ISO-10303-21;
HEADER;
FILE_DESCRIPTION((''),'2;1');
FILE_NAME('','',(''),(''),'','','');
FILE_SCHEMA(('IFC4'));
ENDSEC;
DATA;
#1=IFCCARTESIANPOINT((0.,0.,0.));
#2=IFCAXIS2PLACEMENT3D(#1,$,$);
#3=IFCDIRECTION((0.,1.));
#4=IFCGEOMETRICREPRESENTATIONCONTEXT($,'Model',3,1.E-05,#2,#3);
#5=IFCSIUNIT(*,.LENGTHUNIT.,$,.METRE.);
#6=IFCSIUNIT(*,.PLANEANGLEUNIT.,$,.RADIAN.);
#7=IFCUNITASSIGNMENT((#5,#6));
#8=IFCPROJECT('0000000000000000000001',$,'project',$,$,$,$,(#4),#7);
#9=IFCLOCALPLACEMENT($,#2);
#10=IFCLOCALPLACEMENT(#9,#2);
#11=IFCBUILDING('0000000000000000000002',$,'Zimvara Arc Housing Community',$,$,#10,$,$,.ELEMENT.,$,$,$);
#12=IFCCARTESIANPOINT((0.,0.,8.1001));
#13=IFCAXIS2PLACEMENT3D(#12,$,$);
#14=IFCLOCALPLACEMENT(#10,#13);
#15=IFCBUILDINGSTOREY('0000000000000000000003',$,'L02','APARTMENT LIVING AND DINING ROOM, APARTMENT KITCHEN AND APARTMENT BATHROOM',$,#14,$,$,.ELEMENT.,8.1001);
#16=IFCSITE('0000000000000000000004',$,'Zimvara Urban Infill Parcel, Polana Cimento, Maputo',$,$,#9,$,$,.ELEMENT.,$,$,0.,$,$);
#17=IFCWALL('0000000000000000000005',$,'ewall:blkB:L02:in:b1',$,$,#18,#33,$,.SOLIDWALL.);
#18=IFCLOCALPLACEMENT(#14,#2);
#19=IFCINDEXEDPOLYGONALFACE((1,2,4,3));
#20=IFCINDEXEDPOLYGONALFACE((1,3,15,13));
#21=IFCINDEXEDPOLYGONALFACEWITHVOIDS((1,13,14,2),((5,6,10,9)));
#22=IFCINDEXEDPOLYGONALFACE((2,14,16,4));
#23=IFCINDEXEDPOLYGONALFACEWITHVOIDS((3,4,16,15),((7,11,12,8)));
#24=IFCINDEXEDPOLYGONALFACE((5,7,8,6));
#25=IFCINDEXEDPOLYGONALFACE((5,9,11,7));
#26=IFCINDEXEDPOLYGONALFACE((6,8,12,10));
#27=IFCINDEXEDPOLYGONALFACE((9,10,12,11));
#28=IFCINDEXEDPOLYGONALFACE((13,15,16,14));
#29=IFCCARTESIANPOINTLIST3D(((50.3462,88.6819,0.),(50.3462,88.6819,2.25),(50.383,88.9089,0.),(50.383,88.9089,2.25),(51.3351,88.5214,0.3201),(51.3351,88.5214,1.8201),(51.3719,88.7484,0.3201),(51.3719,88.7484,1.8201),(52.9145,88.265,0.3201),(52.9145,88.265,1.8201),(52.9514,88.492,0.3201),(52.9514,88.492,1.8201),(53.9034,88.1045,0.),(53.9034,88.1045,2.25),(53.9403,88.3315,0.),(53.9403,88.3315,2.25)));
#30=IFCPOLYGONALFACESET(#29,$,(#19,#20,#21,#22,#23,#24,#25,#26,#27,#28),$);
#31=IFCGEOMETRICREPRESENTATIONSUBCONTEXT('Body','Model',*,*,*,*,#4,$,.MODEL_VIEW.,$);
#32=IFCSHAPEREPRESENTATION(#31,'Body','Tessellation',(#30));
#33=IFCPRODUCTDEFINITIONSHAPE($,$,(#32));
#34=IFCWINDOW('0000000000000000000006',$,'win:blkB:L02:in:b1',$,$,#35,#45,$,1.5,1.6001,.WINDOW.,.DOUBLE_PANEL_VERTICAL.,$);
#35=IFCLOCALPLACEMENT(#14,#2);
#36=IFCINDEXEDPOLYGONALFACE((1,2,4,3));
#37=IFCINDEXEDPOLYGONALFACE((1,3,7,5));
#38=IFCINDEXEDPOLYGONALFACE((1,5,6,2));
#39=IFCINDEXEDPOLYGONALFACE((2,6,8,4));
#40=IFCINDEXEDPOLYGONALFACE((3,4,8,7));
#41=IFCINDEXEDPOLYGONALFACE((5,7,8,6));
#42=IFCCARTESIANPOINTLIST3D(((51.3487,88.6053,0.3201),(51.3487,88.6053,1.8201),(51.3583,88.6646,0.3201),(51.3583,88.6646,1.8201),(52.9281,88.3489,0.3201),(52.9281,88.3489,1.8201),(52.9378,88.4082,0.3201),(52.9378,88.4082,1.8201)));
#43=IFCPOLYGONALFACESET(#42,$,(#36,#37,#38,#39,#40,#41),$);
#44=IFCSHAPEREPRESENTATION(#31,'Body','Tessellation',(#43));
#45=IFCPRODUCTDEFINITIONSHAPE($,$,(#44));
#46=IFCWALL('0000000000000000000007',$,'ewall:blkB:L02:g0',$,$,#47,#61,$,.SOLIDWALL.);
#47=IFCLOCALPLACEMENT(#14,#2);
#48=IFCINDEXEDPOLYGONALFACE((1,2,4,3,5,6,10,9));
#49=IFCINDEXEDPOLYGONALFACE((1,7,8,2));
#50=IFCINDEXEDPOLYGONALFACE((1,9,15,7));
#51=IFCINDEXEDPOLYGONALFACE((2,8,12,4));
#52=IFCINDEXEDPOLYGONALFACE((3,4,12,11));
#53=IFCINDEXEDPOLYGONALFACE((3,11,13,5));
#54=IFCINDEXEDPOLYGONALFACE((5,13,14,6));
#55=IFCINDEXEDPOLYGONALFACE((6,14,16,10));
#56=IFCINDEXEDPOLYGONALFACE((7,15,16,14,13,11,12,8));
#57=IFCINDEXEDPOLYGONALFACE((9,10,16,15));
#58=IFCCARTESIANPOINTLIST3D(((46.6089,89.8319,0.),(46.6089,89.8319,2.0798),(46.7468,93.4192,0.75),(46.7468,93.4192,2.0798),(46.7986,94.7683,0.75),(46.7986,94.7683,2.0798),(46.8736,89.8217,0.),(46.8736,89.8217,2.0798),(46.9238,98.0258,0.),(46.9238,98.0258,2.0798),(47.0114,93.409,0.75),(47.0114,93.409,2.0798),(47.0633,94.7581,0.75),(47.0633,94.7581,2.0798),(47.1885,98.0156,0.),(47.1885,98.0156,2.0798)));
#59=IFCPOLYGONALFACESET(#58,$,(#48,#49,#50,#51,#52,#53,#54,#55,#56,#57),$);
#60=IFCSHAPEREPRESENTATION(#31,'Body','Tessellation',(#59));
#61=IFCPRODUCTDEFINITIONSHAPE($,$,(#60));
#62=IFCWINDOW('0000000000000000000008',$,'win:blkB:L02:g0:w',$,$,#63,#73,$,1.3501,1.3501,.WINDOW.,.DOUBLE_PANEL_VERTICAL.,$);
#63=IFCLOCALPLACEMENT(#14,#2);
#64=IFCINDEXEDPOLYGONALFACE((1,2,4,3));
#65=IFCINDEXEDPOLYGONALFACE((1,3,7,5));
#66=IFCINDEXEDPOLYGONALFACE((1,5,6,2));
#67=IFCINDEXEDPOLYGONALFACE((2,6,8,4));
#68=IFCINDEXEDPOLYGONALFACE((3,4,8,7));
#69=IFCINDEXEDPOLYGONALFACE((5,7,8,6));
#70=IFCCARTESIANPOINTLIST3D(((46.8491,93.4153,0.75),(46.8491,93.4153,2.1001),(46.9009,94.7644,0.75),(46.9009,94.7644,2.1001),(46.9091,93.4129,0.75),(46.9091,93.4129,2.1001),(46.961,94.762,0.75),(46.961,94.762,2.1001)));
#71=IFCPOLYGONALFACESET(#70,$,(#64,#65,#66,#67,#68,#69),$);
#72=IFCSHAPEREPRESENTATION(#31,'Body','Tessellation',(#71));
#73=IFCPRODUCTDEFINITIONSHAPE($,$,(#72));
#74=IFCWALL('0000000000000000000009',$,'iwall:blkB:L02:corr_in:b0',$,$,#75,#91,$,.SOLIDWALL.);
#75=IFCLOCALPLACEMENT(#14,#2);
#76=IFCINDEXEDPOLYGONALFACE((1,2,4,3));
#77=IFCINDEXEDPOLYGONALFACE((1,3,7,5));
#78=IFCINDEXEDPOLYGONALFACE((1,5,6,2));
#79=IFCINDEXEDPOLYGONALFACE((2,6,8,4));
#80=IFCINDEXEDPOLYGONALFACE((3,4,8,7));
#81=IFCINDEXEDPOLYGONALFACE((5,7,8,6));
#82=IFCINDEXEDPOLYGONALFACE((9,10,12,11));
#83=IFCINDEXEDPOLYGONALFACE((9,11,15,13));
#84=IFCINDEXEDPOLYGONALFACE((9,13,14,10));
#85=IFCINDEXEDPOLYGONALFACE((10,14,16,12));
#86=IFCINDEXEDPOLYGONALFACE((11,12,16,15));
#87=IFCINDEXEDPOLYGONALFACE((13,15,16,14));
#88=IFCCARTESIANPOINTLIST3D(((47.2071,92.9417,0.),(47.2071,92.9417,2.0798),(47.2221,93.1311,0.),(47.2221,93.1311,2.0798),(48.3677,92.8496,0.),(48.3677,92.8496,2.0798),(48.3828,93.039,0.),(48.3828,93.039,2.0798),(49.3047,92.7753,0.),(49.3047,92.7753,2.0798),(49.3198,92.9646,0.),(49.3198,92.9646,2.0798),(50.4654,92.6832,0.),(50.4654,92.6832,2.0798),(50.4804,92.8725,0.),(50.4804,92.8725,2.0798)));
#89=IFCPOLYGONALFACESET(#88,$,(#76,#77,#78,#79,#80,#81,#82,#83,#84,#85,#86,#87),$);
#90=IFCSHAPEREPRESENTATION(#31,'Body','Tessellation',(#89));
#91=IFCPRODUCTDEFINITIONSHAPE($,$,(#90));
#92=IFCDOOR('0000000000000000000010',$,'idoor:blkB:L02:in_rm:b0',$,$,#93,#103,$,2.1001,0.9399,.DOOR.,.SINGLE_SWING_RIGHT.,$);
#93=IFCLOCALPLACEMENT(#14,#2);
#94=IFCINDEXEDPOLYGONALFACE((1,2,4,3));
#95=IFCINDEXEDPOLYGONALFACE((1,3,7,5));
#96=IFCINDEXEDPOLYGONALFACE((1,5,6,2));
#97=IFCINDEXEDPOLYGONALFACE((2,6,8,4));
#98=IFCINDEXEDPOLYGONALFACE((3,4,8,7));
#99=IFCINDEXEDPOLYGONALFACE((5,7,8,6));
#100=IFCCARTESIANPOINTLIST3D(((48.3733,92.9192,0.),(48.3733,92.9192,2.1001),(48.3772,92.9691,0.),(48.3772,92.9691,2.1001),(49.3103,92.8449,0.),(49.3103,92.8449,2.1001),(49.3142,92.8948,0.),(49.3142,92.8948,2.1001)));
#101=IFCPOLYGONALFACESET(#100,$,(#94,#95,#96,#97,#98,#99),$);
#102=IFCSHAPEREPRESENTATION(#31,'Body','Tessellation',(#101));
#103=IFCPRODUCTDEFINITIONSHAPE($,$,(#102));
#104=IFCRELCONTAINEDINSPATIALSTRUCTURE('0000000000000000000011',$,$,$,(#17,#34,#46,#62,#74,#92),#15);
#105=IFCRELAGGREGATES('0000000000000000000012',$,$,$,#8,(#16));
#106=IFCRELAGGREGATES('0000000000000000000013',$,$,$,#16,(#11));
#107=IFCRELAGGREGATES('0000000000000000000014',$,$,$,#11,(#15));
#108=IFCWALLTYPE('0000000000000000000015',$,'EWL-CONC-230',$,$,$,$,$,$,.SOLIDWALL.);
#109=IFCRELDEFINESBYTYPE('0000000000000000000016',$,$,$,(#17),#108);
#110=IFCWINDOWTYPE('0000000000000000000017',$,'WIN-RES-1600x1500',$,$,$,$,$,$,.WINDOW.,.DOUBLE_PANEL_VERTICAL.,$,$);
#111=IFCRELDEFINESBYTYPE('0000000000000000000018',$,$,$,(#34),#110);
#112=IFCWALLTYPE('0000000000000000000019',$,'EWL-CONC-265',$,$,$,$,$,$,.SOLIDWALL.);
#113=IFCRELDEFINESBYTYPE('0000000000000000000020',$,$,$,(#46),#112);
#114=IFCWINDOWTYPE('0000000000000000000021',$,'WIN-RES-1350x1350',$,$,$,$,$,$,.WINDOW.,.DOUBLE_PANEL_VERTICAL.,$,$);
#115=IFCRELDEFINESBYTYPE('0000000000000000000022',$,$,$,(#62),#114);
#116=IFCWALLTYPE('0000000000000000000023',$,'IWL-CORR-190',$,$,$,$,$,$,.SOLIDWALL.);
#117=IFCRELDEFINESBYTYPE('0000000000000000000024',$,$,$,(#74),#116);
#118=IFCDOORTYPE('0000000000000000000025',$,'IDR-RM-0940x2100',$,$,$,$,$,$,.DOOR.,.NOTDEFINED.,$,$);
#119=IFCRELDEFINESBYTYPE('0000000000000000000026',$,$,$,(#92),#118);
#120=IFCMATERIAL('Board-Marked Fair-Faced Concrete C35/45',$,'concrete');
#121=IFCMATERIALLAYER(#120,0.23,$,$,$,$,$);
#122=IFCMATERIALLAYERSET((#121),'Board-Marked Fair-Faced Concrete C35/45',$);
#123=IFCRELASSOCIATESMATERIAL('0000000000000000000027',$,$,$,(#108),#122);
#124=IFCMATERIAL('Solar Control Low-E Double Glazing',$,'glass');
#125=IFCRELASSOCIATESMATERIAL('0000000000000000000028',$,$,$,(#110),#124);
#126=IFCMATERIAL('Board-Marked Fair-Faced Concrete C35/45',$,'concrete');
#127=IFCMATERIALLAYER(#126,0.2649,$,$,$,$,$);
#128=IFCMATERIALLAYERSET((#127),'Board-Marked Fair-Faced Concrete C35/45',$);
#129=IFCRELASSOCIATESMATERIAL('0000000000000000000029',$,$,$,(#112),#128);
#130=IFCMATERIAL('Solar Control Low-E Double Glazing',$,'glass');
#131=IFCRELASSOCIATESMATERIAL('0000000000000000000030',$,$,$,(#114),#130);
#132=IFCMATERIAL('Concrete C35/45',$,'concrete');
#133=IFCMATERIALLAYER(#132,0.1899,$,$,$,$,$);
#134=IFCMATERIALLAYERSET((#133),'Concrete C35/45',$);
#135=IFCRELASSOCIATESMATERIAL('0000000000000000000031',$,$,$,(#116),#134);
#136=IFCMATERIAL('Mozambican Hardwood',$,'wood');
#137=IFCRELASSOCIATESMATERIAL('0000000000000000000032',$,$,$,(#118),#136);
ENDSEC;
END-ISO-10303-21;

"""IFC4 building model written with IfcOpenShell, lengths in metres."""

from ifc_helpers import new_model, si_unit, direction, frame, frame_2d, origin, place, context, subcontext, project, spatial, rectangle, extrude, material, layer, layer_set, type_object, element, fill, save


model = new_model("IFC4")

# Units and contexts
model_context = context("Model", 3, precision=1e-05, world=origin(), true_north=direction((0.0, 1.0)))
body_context = subcontext(model_context, "Body", "Model", "MODEL_VIEW")
ifc_project = project(units=[si_unit("LENGTHUNIT", "METRE"), si_unit("PLANEANGLEUNIT", "RADIAN")], contexts=[model_context])

# Site, building, storey
site_placement = place(None, origin())
site = spatial("IfcSite", under=ifc_project, at=site_placement, Name="Zimvara Urban Infill Parcel, Polana Cimento, Maputo", CompositionType="ELEMENT", RefElevation=0.0)
building_placement = place(site_placement, origin())
building = spatial("IfcBuilding", under=site, at=building_placement, Name="Zimvara Arc Housing Community", CompositionType="ELEMENT")
storey_placement = place(building_placement, frame((0.0, 0.0, 8.1001)))
storey = spatial("IfcBuildingStorey", under=building, at=storey_placement, Name="L02", Description="APARTMENT LIVING AND DINING ROOM, APARTMENT KITCHEN AND APARTMENT BATHROOM", CompositionType="ELEMENT", Elevation=8.1001)

# Walls, openings, windows
ifc_material_1 = material(Name="Board-Marked Fair-Faced Concrete C35/45", Category="concrete")
ifc_layer_1 = layer(ifc_material_1, 0.23)
ifc_layer_set_1 = layer_set([ifc_layer_1], Name="Board-Marked Fair-Faced Concrete C35/45")
wall_type_1 = type_object("IfcWallType", Name="EWL-CONC-230", PredefinedType="SOLIDWALL", material=ifc_layer_set_1)
wall_1_placement = place(storey_placement, frame((50.3647, 88.7954, 0.0), z_axis=(0.0, 0.0, 1.0), x_axis=(0.987081, -0.160223, 0.0)))
wall_1 = element("IfcWall", 1, at=wall_1_placement, inside=storey, type_object=wall_type_1, Name="ewall:blkB:L02:in:b1", PredefinedType="SOLIDWALL", context=body_context, shape_type="SweptSolid", body=[
    extrude(rectangle(XDim=3.6038, YDim=0.23, at=frame_2d((1.8018, 0.0))), origin(), (0.0, 0.0, 1.0), 2.25),
])
opening_1_placement = place(wall_1_placement, frame((1.0017, 0.0, 0.3201)))
opening_1 = element("IfcOpeningElement", 2, at=opening_1_placement, cuts=wall_1, PredefinedType="OPENING", context=body_context, shape_type="SweptSolid", body=[
    extrude(rectangle(XDim=1.6001, YDim=1.5, at=frame_2d((0.8, 0.75))), frame((0.0, 0.125, 0.0), z_axis=(0.0, -1.0, 0.0), x_axis=(1.0, 0.0, 0.0)), (0.0, 0.0, 1.0), 0.25),
])
ifc_material_2 = material(Name="Solar Control Low-E Double Glazing", Category="glass")
window_type_1 = type_object("IfcWindowType", Name="WIN-RES-1600x1500", PartitioningType="DOUBLE_PANEL_VERTICAL", PredefinedType="WINDOW", material=ifc_material_2)
window_1_placement = place(opening_1_placement, origin())
window_1 = element("IfcWindow", 3, at=window_1_placement, inside=storey, type_object=window_type_1, Name="win:blkB:L02:in:b1", OverallHeight=1.5, OverallWidth=1.6001, PartitioningType="DOUBLE_PANEL_VERTICAL", PredefinedType="WINDOW", context=body_context, shape_type="SweptSolid", body=[
    extrude(rectangle(XDim=1.6001, YDim=1.5, at=frame_2d((0.8, 0.75))), frame((0.0, 0.03, 0.0), z_axis=(0.0, -1.0, 0.0), x_axis=(1.0, 0.0, 0.0)), (0.0, 0.0, 1.0), 0.0601),
])
fill(opening_1, window_1)
ifc_material_3 = material(Name="Board-Marked Fair-Faced Concrete C35/45", Category="concrete")
ifc_layer_2 = layer(ifc_material_3, 0.2649)
ifc_layer_set_2 = layer_set([ifc_layer_2], Name="Board-Marked Fair-Faced Concrete C35/45")
wall_type_2 = type_object("IfcWallType", Name="EWL-CONC-265", PredefinedType="SOLIDWALL", material=ifc_layer_set_2)
wall_2_placement = place(storey_placement, frame((46.7412, 89.8267, 0.0), z_axis=(0.0, 0.0, 1.0), x_axis=(0.038408, 0.999262, 0.0)))
wall_2 = element("IfcWall", 4, at=wall_2_placement, inside=storey, type_object=wall_type_2, Name="ewall:blkB:L02:g0", PredefinedType="SOLIDWALL", context=body_context, shape_type="SweptSolid", body=[
    extrude(rectangle(XDim=8.2, YDim=0.2649, at=frame_2d((4.1001, 0.0))), origin(), (0.0, 0.0, 1.0), 2.0798),
])
opening_2_placement = place(wall_2_placement, frame((3.5901, 0.0, 0.75)))
opening_2 = element("IfcOpeningElement", 5, at=opening_2_placement, cuts=wall_2, PredefinedType="OPENING", context=body_context, shape_type="SweptSolid", body=[
    extrude(rectangle(XDim=1.3501, YDim=1.3501, at=frame_2d((0.675, 0.675))), frame((0.0, 0.1423, 0.0), z_axis=(0.0, -1.0, 0.0), x_axis=(1.0, 0.0, 0.0)), (0.0, 0.0, 1.0), 0.2849),
])
ifc_material_4 = material(Name="Solar Control Low-E Double Glazing", Category="glass")
window_type_2 = type_object("IfcWindowType", Name="WIN-RES-1350x1350", PartitioningType="DOUBLE_PANEL_VERTICAL", PredefinedType="WINDOW", material=ifc_material_4)
window_2_placement = place(opening_2_placement, origin())
window_2 = element("IfcWindow", 6, at=window_2_placement, inside=storey, type_object=window_type_2, Name="win:blkB:L02:g0:w", OverallHeight=1.3501, OverallWidth=1.3501, PartitioningType="DOUBLE_PANEL_VERTICAL", PredefinedType="WINDOW", context=body_context, shape_type="SweptSolid", body=[
    extrude(rectangle(XDim=1.3501, YDim=1.3501, at=frame_2d((0.675, 0.675))), frame((0.0, 0.03, 0.0), z_axis=(0.0, -1.0, 0.0), x_axis=(1.0, 0.0, 0.0)), (0.0, 0.0, 1.0), 0.0601),
])
fill(opening_2, window_2)

# Wall, opening, door
ifc_material_5 = material(Name="Concrete C35/45", Category="concrete")
ifc_layer_3 = layer(ifc_material_5, 0.1899)
ifc_layer_set_3 = layer_set([ifc_layer_3], Name="Concrete C35/45")
wall_type_3 = type_object("IfcWallType", Name="IWL-CORR-190", PredefinedType="SOLIDWALL", material=ifc_layer_set_3)
wall_3_placement = place(storey_placement, frame((47.2146, 93.0364, 0.0), z_axis=(0.0, 0.0, 1.0), x_axis=(0.996867, -0.079101, 0.0)))
wall_3 = element("IfcWall", 7, at=wall_3_placement, inside=storey, type_object=wall_type_3, Name="iwall:blkB:L02:corr_in:b0", PredefinedType="SOLIDWALL", context=body_context, shape_type="SweptSolid", body=[
    extrude(rectangle(XDim=3.2686, YDim=0.1899, at=frame_2d((1.6343, 0.0))), origin(), (0.0, 0.0, 1.0), 2.0798),
])
opening_3_placement = place(wall_3_placement, frame((1.1643, 0.0, 0.0)))
opening_3 = element("IfcOpeningElement", 8, at=opening_3_placement, cuts=wall_3, PredefinedType="OPENING", context=body_context, shape_type="SweptSolid", body=[
    extrude(rectangle(XDim=0.9399, YDim=2.1001, at=frame_2d((0.47, 1.05))), frame((0.0, 0.105, 0.0), z_axis=(0.0, -1.0, 0.0), x_axis=(1.0, 0.0, 0.0)), (0.0, 0.0, 1.0), 0.21),
])
ifc_material_6 = material(Name="Mozambican Hardwood", Category="wood")
door_type_1 = type_object("IfcDoorType", Name="IDR-RM-0940x2100", OperationType="NOTDEFINED", PredefinedType="DOOR", material=ifc_material_6)
door_1_placement = place(opening_3_placement, origin())
door_1 = element("IfcDoor", 9, at=door_1_placement, inside=storey, type_object=door_type_1, Name="idoor:blkB:L02:in_rm:b0", OperationType="SINGLE_SWING_RIGHT", OverallHeight=2.1001, OverallWidth=0.9399, PredefinedType="DOOR", context=body_context, shape_type="SweptSolid", body=[
    extrude(rectangle(XDim=0.9399, YDim=2.1001, at=frame_2d((0.47, 1.05))), frame((0.0, 0.0249, 0.0), z_axis=(0.0, -1.0, 0.0), x_axis=(1.0, 0.0, 0.0)), (0.0, 0.0, 1.0), 0.05),
])
fill(opening_3, door_1)

save(model, "model.ifc")
